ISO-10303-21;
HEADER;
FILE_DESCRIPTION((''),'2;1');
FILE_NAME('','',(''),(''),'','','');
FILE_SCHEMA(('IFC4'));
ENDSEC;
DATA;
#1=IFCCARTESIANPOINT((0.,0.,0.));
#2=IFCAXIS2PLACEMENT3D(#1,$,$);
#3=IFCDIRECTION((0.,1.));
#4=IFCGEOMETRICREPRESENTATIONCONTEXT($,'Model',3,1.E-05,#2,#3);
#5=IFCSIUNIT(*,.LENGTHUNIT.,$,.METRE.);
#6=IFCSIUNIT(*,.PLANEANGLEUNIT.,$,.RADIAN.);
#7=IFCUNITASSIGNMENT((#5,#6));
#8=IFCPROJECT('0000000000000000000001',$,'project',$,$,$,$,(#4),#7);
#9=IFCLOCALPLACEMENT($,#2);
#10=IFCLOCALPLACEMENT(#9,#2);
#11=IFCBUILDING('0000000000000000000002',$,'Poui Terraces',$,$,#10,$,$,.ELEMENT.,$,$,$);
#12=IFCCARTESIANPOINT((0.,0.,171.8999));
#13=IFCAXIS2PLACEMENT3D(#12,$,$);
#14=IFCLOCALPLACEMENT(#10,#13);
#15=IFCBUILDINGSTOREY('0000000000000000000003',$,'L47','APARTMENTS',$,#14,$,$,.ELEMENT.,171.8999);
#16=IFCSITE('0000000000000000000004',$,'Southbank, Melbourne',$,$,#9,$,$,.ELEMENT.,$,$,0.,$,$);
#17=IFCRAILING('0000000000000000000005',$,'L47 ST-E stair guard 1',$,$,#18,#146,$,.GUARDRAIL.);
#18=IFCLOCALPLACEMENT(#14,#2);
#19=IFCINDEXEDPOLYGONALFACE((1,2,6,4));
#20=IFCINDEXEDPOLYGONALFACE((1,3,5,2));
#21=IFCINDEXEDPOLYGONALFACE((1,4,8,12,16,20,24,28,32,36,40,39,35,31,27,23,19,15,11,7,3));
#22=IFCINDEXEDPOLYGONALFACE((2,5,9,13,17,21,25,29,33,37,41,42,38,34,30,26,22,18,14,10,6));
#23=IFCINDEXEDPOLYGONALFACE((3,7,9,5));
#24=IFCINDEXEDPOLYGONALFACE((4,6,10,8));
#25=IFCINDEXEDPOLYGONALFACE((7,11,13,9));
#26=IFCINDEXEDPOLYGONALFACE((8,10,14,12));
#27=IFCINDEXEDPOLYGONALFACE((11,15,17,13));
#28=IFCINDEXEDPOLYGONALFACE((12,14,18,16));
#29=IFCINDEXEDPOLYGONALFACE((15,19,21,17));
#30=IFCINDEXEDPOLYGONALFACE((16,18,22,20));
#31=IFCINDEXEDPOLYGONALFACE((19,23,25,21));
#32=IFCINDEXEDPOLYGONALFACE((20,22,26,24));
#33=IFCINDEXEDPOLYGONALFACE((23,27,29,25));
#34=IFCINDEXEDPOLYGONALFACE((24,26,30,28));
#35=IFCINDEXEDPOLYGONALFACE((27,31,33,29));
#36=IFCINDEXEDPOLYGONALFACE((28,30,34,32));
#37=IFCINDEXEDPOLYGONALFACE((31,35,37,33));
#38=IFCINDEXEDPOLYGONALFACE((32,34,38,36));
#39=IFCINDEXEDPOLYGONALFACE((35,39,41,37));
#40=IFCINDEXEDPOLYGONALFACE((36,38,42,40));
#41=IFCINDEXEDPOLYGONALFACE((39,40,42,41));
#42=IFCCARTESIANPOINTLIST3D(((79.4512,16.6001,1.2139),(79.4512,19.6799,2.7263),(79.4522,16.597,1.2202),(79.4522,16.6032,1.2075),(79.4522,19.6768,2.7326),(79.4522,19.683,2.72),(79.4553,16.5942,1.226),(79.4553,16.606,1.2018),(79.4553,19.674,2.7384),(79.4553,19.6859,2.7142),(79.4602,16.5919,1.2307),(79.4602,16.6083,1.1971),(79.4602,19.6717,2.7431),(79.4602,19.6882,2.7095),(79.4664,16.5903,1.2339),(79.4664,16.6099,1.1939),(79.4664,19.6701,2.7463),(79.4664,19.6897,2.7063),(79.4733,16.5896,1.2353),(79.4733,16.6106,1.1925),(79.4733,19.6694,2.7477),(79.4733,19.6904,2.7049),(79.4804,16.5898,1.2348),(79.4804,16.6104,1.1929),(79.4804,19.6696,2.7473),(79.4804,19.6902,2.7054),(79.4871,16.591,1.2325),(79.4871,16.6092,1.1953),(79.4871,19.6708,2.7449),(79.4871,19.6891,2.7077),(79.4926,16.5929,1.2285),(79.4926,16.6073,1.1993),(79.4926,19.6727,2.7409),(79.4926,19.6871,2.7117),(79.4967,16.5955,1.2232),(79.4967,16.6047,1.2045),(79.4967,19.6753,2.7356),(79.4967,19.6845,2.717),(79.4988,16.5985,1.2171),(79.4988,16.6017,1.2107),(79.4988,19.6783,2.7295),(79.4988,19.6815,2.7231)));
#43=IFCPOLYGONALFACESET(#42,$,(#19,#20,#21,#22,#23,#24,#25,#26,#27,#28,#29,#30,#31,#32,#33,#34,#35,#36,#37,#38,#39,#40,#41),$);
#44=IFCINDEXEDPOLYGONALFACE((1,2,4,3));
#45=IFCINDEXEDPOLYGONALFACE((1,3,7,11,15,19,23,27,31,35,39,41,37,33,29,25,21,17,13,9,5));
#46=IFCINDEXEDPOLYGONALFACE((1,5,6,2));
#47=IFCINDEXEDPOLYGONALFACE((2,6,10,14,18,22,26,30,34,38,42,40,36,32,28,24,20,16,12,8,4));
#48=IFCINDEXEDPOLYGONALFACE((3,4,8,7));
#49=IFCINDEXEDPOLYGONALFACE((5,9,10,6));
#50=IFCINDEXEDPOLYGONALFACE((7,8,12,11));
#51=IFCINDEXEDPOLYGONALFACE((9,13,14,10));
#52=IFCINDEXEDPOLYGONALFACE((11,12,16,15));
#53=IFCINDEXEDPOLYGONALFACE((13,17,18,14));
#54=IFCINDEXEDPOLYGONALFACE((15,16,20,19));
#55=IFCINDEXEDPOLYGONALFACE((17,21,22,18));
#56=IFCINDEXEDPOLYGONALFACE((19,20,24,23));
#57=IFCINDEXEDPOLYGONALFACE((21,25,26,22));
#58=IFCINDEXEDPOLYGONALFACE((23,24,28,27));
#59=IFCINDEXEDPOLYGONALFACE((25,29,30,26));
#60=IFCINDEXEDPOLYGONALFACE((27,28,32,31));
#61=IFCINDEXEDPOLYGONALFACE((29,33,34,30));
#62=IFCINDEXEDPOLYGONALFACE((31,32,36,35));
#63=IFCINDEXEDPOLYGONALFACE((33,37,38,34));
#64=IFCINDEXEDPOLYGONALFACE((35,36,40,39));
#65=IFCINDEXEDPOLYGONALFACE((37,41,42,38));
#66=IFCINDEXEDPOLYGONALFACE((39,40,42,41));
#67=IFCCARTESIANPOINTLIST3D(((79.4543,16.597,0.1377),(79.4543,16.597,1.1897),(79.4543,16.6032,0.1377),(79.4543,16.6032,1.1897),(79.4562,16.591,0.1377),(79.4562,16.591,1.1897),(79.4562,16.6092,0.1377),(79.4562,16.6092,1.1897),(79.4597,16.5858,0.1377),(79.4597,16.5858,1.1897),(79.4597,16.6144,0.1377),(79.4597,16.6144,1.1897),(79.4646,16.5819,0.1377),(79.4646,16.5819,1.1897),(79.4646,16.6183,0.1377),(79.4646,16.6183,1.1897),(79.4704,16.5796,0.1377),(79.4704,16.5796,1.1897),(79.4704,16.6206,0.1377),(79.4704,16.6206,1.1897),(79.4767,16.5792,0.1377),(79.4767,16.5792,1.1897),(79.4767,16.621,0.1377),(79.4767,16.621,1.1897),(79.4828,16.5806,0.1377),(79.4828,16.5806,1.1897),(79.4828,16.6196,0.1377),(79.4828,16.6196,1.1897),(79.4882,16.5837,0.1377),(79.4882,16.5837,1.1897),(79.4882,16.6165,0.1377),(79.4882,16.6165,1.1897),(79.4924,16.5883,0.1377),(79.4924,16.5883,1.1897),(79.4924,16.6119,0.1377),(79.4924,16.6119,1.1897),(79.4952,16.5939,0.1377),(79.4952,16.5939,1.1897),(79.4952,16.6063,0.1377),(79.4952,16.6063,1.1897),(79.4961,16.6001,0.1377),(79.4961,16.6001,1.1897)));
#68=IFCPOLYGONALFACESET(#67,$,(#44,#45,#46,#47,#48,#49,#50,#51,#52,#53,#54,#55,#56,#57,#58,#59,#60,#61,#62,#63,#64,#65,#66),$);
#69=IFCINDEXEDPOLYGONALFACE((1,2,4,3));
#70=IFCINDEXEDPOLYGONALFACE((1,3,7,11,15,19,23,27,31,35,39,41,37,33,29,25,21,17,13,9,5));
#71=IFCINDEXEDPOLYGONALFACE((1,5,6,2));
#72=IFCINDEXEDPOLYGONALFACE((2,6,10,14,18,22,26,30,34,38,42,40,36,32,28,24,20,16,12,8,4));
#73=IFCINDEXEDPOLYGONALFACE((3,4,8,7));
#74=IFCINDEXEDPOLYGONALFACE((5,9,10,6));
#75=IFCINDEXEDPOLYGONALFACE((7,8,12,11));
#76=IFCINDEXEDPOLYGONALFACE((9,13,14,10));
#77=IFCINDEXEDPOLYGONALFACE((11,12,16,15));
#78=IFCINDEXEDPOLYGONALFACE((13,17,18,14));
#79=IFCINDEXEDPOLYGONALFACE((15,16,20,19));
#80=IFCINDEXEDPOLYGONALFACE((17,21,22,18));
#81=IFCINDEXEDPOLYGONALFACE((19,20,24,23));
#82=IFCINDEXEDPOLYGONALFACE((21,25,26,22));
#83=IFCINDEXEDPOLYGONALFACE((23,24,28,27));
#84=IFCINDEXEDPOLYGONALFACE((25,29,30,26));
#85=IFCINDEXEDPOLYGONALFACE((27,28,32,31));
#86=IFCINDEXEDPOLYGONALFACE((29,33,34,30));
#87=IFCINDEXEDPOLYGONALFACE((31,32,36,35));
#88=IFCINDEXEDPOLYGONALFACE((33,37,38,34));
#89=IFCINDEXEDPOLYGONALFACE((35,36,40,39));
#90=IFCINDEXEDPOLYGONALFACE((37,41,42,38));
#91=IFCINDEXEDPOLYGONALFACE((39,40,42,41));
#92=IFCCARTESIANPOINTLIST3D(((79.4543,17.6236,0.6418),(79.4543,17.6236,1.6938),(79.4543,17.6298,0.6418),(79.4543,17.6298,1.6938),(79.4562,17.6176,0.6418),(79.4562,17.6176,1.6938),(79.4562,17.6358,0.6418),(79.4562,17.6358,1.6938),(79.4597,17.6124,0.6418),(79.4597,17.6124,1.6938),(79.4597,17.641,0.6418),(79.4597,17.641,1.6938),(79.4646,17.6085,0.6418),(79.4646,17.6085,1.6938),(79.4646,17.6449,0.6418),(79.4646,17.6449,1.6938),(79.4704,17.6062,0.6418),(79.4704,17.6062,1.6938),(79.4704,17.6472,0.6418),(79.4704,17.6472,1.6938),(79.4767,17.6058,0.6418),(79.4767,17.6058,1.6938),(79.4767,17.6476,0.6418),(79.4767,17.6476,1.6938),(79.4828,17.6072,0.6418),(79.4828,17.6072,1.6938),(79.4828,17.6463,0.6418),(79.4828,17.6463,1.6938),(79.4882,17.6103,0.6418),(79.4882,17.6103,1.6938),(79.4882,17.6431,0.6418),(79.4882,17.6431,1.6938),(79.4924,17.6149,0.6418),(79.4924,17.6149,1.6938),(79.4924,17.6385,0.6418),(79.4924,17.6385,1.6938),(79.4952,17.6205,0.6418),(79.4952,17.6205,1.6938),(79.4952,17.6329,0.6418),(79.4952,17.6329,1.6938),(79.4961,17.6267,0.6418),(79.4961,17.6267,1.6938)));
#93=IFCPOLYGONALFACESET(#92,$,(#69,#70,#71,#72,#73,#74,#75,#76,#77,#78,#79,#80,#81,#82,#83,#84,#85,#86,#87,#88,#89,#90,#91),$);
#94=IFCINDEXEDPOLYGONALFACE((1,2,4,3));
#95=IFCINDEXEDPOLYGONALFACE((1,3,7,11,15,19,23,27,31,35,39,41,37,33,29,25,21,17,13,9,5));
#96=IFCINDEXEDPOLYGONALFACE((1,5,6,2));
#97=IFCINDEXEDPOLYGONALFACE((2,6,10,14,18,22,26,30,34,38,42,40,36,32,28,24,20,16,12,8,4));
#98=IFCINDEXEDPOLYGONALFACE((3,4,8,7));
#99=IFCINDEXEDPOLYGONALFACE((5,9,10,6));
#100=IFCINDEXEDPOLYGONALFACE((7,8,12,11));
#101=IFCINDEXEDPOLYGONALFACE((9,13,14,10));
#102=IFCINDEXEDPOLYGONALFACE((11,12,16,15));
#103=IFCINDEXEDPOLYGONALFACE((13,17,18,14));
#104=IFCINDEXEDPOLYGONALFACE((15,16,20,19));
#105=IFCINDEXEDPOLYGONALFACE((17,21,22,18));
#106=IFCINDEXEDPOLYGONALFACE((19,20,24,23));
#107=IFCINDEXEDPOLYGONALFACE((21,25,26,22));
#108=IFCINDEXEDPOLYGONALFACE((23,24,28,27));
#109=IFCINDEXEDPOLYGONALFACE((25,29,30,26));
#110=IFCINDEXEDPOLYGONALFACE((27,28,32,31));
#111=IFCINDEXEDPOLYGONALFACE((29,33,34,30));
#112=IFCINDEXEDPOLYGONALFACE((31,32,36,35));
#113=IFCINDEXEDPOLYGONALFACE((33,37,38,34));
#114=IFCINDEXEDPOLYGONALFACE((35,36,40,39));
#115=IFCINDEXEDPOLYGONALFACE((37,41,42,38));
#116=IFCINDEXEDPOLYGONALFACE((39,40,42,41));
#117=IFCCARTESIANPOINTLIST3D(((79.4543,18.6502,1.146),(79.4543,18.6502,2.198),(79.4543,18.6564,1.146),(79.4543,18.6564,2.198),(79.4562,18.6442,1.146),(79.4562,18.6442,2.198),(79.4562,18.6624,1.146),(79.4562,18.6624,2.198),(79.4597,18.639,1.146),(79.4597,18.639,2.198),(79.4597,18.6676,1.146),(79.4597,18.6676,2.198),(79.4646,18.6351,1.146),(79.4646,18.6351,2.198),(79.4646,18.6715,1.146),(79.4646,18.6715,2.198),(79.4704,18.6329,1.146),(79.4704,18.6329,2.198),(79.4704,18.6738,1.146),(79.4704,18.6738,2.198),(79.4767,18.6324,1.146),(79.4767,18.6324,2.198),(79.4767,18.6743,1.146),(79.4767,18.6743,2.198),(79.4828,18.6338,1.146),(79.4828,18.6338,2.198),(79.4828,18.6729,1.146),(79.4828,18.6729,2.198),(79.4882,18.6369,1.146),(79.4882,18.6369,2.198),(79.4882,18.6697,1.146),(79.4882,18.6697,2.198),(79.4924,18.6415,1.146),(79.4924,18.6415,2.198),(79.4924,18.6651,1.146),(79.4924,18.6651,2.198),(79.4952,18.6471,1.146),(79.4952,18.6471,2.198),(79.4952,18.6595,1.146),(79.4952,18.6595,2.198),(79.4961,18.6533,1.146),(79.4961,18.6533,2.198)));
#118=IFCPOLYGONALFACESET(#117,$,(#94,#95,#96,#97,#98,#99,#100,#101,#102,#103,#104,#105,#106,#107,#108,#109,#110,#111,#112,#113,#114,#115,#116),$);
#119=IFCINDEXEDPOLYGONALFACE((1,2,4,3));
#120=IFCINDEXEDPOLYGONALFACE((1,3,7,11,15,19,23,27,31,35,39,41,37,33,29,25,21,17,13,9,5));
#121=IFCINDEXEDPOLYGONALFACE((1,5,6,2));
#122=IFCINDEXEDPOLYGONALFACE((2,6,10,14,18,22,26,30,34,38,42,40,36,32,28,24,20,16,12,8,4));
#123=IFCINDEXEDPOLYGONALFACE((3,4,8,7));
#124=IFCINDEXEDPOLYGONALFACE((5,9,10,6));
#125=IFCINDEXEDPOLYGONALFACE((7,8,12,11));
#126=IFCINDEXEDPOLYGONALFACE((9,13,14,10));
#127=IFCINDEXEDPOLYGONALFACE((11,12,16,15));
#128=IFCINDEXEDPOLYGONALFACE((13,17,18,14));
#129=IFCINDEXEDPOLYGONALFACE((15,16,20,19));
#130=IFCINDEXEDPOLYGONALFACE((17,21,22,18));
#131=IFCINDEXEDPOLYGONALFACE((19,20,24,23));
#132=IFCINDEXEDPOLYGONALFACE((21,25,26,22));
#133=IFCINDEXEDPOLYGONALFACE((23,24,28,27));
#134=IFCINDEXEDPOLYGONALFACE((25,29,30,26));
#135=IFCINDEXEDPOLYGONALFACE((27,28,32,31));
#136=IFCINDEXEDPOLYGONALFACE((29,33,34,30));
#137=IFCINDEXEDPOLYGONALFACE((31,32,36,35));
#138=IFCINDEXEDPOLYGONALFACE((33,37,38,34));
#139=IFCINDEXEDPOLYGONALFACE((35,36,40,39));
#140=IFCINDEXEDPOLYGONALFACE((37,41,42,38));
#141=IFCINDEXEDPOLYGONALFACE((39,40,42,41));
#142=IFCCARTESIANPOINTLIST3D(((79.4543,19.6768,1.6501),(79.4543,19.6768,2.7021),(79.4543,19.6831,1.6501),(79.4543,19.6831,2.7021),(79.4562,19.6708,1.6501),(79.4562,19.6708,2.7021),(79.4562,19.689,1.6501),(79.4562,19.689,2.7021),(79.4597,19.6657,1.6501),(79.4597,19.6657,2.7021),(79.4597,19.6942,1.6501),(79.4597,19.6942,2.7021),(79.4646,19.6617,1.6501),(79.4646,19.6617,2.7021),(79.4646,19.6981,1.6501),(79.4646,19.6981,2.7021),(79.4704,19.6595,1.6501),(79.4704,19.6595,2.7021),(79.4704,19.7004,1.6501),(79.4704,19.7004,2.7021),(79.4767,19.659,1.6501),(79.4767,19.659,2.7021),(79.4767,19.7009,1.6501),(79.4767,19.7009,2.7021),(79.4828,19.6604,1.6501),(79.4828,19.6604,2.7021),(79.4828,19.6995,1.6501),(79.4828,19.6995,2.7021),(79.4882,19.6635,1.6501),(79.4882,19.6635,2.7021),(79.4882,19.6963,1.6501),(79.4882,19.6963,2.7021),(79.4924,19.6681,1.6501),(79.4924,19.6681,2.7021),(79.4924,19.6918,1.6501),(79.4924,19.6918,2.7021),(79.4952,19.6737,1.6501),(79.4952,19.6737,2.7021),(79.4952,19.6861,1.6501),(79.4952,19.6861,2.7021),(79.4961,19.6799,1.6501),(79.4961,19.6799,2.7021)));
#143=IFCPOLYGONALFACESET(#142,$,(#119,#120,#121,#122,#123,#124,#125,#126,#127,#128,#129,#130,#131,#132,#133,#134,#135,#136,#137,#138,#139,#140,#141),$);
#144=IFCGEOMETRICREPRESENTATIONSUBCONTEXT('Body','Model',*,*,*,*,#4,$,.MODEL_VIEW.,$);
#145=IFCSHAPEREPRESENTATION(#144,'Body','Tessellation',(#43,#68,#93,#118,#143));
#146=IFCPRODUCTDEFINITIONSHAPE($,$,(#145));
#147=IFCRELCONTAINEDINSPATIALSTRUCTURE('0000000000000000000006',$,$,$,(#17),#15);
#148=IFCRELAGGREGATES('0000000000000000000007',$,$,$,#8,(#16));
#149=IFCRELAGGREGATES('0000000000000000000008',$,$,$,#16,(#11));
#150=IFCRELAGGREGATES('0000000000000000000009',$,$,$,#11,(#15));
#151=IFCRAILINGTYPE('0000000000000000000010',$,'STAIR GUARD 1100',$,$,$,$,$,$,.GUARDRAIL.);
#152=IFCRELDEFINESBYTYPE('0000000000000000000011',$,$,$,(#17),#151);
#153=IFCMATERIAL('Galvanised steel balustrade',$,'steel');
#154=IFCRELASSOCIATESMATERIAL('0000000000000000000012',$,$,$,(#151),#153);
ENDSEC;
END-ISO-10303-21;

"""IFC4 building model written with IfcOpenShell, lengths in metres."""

from ifc_helpers import new_model, si_unit, direction, frame, origin, origin_2d, place, context, subcontext, project, spatial, circle, extrude, material, type_object, element, save


model = new_model("IFC4")

# Units and contexts
model_context = context("Model", 3, precision=1e-05, world=origin(), true_north=direction((0.0, 1.0)))
body_context = subcontext(model_context, "Body", "Model", "MODEL_VIEW")
ifc_project = project(units=[si_unit("LENGTHUNIT", "METRE"), si_unit("PLANEANGLEUNIT", "RADIAN")], contexts=[model_context])

# Site, building, storey
site_placement = place(None, origin())
site = spatial("IfcSite", under=ifc_project, at=site_placement, Name="Southbank, Melbourne", CompositionType="ELEMENT", RefElevation=0.0)
building_placement = place(site_placement, origin())
building = spatial("IfcBuilding", under=site, at=building_placement, Name="Poui Terraces", CompositionType="ELEMENT")
storey_placement = place(building_placement, frame((0.0, 0.0, 171.8999)))
storey = spatial("IfcBuildingStorey", under=building, at=storey_placement, Name="L47", Description="APARTMENTS", CompositionType="ELEMENT", Elevation=171.8999)

# Railing
ifc_material_1 = material(Name="Galvanised steel balustrade", Category="steel")
railing_type_1 = type_object("IfcRailingType", Name="STAIR GUARD 1100", PredefinedType="GUARDRAIL", material=ifc_material_1)
railing_1_placement = place(storey_placement, frame((79.4751, 16.6001, 0.1377)))
element("IfcRailing", 1, at=railing_1_placement, inside=storey, type_object=railing_type_1, Name="L47 ST-E stair guard 1", PredefinedType="GUARDRAIL", context=body_context, shape_type="SweptSolid", body=[
    extrude(circle(Radius=0.0239, at=origin_2d()), frame((0.0, 0.0, 1.0762), z_axis=(0.0, 0.897606, 0.440798), x_axis=(-1.0, 0.0, 0.0)), (0.0, 0.0, 1.0), 3.4312),
    extrude(circle(Radius=0.021, at=origin_2d()), origin(), (0.0, 0.0, 1.0), 1.052),
    extrude(circle(Radius=0.021, at=origin_2d()), frame((0.0, 1.0266, 0.5042)), (0.0, 0.0, 1.0), 1.052),
    extrude(circle(Radius=0.021, at=origin_2d()), frame((0.0, 2.0532, 1.0083)), (0.0, 0.0, 1.0), 1.052),
    extrude(circle(Radius=0.021, at=origin_2d()), frame((0.0, 3.0798, 1.5125)), (0.0, 0.0, 1.0), 1.052),
])

save(model, "model.ifc")
